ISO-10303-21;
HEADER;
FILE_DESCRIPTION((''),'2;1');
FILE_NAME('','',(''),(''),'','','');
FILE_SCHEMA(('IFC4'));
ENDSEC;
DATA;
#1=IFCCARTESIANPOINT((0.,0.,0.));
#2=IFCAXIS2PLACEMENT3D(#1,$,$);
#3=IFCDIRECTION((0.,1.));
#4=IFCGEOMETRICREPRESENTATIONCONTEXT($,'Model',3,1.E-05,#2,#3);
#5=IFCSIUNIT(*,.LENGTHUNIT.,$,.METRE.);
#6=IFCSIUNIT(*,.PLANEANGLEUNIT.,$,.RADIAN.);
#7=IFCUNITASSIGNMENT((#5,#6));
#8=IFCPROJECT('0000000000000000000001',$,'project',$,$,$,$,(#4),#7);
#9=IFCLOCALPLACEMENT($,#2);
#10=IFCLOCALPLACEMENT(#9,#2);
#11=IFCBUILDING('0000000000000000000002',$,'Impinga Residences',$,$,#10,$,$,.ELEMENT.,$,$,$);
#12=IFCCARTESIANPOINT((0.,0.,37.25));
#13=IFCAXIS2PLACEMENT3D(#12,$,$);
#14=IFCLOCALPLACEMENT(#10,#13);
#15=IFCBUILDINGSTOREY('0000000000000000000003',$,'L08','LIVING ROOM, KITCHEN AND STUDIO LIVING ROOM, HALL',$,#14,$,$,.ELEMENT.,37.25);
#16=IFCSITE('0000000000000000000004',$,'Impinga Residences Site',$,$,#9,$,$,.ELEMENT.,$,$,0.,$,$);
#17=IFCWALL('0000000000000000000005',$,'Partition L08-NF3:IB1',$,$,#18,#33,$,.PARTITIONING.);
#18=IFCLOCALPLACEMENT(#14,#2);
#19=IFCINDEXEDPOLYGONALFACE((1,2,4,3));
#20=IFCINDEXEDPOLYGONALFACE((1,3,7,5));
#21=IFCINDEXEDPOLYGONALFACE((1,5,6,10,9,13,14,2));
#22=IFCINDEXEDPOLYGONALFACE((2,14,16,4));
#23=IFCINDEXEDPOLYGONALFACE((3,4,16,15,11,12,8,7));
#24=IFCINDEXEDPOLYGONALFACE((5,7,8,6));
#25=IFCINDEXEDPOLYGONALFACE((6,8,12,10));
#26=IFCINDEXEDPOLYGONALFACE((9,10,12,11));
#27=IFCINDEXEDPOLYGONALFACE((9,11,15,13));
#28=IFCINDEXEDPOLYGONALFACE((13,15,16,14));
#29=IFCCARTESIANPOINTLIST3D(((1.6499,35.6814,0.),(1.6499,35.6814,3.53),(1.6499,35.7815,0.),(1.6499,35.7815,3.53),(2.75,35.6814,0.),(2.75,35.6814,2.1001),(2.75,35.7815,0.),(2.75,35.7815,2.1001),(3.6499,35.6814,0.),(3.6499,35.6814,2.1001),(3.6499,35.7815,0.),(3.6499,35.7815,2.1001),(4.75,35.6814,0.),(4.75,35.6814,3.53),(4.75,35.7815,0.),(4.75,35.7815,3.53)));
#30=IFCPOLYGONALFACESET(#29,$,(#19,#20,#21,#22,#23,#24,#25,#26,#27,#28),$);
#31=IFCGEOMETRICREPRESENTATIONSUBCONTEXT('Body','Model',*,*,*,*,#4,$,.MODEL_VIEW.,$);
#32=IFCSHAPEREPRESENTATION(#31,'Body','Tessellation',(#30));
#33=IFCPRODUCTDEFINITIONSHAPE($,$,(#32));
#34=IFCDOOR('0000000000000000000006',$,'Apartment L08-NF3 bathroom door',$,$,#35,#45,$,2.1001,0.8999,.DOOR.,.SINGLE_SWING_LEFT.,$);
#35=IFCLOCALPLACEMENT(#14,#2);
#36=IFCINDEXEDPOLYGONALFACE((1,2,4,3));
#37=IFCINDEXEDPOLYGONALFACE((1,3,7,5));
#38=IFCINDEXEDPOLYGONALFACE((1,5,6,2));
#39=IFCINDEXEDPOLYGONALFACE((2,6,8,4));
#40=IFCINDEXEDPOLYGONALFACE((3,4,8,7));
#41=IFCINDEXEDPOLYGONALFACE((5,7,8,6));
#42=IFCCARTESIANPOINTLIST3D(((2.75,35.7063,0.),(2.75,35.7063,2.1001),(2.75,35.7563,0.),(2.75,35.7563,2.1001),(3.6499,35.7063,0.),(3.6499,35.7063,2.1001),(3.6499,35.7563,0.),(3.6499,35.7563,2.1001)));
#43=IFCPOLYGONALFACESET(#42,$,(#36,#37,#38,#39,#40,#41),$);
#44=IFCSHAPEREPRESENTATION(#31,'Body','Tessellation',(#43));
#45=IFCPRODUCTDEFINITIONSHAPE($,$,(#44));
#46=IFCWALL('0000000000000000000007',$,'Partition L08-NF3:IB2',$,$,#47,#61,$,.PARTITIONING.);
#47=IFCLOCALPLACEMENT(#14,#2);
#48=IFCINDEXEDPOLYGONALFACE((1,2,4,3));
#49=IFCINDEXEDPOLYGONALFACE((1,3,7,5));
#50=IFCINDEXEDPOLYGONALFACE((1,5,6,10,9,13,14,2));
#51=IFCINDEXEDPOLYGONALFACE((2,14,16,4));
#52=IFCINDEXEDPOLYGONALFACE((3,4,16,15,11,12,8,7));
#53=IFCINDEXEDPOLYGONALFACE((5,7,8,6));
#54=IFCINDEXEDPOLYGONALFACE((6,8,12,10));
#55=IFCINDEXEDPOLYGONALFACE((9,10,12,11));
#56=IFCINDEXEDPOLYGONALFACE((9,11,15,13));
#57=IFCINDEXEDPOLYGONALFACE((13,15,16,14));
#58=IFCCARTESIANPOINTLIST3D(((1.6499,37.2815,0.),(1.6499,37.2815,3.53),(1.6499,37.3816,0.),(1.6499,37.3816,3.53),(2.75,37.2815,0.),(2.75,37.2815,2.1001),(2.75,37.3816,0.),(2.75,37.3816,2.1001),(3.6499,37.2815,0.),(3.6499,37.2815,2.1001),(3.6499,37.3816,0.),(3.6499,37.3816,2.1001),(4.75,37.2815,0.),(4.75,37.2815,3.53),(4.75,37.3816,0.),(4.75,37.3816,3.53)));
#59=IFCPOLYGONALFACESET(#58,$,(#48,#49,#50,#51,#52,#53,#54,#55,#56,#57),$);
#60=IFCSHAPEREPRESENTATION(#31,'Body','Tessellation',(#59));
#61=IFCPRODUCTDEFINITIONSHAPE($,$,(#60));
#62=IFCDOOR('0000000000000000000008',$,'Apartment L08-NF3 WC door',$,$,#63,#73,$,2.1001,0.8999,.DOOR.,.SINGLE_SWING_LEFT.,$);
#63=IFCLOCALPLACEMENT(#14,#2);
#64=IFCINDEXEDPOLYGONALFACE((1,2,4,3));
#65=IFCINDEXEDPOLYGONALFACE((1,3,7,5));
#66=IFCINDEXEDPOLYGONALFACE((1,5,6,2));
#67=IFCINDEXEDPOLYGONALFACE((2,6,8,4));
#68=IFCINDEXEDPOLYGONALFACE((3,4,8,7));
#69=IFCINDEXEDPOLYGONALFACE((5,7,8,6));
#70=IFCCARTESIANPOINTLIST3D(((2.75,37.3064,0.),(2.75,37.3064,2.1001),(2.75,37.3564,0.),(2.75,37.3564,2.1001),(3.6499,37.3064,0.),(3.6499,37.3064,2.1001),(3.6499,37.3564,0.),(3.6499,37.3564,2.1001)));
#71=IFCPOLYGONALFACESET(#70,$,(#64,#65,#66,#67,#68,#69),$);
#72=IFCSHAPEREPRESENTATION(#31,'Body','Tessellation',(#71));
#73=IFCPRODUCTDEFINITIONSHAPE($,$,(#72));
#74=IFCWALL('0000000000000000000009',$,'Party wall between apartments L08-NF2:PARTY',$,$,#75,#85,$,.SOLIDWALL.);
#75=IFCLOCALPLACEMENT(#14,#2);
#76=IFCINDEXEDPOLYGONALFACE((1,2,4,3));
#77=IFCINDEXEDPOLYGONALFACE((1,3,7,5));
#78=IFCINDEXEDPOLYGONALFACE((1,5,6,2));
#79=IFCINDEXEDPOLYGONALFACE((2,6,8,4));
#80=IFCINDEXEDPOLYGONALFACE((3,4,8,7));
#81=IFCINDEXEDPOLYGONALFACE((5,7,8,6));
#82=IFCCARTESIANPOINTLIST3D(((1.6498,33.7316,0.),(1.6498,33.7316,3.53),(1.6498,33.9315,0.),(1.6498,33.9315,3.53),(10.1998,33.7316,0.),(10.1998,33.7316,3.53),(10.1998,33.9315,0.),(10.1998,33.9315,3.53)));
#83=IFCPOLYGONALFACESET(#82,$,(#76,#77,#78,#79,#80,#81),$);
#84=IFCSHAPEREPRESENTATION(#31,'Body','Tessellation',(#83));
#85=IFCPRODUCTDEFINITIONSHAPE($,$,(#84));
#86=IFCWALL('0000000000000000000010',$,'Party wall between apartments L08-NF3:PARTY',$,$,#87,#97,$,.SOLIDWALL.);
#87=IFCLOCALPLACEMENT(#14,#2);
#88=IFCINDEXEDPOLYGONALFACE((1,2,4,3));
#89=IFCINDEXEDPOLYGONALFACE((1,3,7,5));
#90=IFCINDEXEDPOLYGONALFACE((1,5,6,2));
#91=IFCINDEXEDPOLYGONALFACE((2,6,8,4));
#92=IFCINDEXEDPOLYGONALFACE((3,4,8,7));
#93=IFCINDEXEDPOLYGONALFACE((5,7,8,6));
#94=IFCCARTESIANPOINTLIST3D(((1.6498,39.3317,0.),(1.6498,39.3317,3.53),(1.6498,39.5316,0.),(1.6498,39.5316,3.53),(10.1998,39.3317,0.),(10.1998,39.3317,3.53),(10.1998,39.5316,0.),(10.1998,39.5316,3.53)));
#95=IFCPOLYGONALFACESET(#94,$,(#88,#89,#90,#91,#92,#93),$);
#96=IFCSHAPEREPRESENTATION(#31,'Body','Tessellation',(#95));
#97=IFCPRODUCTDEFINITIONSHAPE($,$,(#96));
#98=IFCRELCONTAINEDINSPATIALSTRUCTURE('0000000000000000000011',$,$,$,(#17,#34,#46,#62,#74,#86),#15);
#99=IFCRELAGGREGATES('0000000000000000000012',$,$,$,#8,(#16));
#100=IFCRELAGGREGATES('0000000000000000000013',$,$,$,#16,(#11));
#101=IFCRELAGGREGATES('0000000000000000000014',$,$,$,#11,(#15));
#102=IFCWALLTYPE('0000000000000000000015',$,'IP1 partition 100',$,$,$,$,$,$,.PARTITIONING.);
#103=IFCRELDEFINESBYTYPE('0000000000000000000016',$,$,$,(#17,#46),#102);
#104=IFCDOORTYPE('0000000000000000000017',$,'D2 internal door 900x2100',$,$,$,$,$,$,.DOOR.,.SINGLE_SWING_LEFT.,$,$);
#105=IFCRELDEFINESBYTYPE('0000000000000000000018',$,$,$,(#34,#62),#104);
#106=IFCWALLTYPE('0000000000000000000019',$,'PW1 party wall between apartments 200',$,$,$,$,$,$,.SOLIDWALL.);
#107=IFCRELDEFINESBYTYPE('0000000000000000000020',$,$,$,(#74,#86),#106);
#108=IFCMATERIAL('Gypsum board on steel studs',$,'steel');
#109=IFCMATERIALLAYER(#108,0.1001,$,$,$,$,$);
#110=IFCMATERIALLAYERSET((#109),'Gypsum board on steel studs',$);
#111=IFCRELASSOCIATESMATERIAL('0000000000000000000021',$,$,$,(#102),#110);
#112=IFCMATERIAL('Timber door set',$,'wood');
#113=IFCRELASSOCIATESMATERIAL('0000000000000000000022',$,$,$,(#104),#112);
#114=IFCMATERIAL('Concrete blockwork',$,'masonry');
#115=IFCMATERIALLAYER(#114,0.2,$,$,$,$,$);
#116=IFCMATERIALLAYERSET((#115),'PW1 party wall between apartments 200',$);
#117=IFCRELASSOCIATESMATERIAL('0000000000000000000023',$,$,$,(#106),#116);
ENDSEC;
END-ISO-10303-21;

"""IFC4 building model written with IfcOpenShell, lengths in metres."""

from ifc_helpers import new_model, si_unit, direction, frame, frame_2d, origin, place, context, subcontext, project, spatial, rectangle, extrude, material, layer, layer_set, type_object, element, fill, save


model = new_model("IFC4")

# Units and contexts
model_context = context("Model", 3, precision=1e-05, world=origin(), true_north=direction((0.0, 1.0)))
body_context = subcontext(model_context, "Body", "Model", "MODEL_VIEW")
ifc_project = project(units=[si_unit("LENGTHUNIT", "METRE"), si_unit("PLANEANGLEUNIT", "RADIAN")], contexts=[model_context])

# Site, building, storey
site_placement = place(None, origin())
site = spatial("IfcSite", under=ifc_project, at=site_placement, Name="Impinga Residences Site", CompositionType="ELEMENT", RefElevation=0.0)
building_placement = place(site_placement, origin())
building = spatial("IfcBuilding", under=site, at=building_placement, Name="Impinga Residences", CompositionType="ELEMENT")
storey_placement = place(building_placement, frame((0.0, 0.0, 37.25)))
storey = spatial("IfcBuildingStorey", under=building, at=storey_placement, Name="L08", Description="LIVING ROOM, KITCHEN AND STUDIO LIVING ROOM, HALL", CompositionType="ELEMENT", Elevation=37.25)

# Shared definitions
ifc_material_1 = material(Name="Gypsum board on steel studs", Category="steel")
ifc_layer_1 = layer(ifc_material_1, 0.1001)
ifc_layer_set_1 = layer_set([ifc_layer_1], Name="Gypsum board on steel studs")
wall_type_1 = type_object("IfcWallType", Name="IP1 partition 100", PredefinedType="PARTITIONING", material=ifc_layer_set_1)

# Shared definitions
ifc_material_2 = material(Name="Timber door set", Category="wood")
door_type = type_object("IfcDoorType", Name="D2 internal door 900x2100", OperationType="SINGLE_SWING_LEFT", PredefinedType="DOOR", material=ifc_material_2)

# Walls, openings, doors
wall_1_placement = place(storey_placement, frame((1.6499, 35.7314, 0.0), z_axis=(0.0, 0.0, 1.0), x_axis=(1.0, 0.0, 0.0)))
wall_1 = element("IfcWall", 1, at=wall_1_placement, inside=storey, type_object=wall_type_1, Name="Partition L08-NF3:IB1", PredefinedType="PARTITIONING", context=body_context, shape_type="SweptSolid", body=[
    extrude(rectangle(XDim=3.1001, YDim=0.1001, at=frame_2d((1.55, 0.0))), origin(), (0.0, 0.0, 1.0), 3.53),
])
opening_1_placement = place(wall_1_placement, frame((1.1001, 0.0, 0.0)))
opening_1 = element("IfcOpeningElement", 2, at=opening_1_placement, cuts=wall_1, PredefinedType="OPENING", context=body_context, shape_type="SweptSolid", body=[
    extrude(rectangle(XDim=0.8999, YDim=2.1001, at=frame_2d((0.45, 1.05))), frame((0.0, 0.0601, 0.0), z_axis=(0.0, -1.0, 0.0), x_axis=(1.0, 0.0, 0.0)), (0.0, 0.0, 1.0), 0.1201),
])
door_1_placement = place(opening_1_placement, origin())
door_1 = element("IfcDoor", 3, at=door_1_placement, inside=storey, type_object=door_type, Name="Apartment L08-NF3 bathroom door", OperationType="SINGLE_SWING_LEFT", OverallHeight=2.1001, OverallWidth=0.8999, PredefinedType="DOOR", context=body_context, shape_type="SweptSolid", body=[
    extrude(rectangle(XDim=0.8999, YDim=2.1001, at=frame_2d((0.45, 1.05))), frame((0.0, 0.0249, 0.0), z_axis=(0.0, -1.0, 0.0), x_axis=(1.0, 0.0, 0.0)), (0.0, 0.0, 1.0), 0.05),
])
fill(opening_1, door_1)
wall_2_placement = place(storey_placement, frame((1.6499, 37.3315, 0.0), z_axis=(0.0, 0.0, 1.0), x_axis=(1.0, 0.0, 0.0)))
wall_2 = element("IfcWall", 4, at=wall_2_placement, inside=storey, type_object=wall_type_1, Name="Partition L08-NF3:IB2", PredefinedType="PARTITIONING", context=body_context, shape_type="SweptSolid", body=[
    extrude(rectangle(XDim=3.1001, YDim=0.1001, at=frame_2d((1.55, 0.0))), origin(), (0.0, 0.0, 1.0), 3.53),
])
opening_2_placement = place(wall_2_placement, frame((1.1001, 0.0, 0.0)))
opening_2 = element("IfcOpeningElement", 5, at=opening_2_placement, cuts=wall_2, PredefinedType="OPENING", context=body_context, shape_type="SweptSolid", body=[
    extrude(rectangle(XDim=0.8999, YDim=2.1001, at=frame_2d((0.45, 1.05))), frame((0.0, 0.0601, 0.0), z_axis=(0.0, -1.0, 0.0), x_axis=(1.0, 0.0, 0.0)), (0.0, 0.0, 1.0), 0.1201),
])
door_2_placement = place(opening_2_placement, origin())
door_2 = element("IfcDoor", 6, at=door_2_placement, inside=storey, type_object=door_type, Name="Apartment L08-NF3 WC door", OperationType="SINGLE_SWING_LEFT", OverallHeight=2.1001, OverallWidth=0.8999, PredefinedType="DOOR", context=body_context, shape_type="SweptSolid", body=[
    extrude(rectangle(XDim=0.8999, YDim=2.1001, at=frame_2d((0.45, 1.05))), frame((0.0, 0.0249, 0.0), z_axis=(0.0, -1.0, 0.0), x_axis=(1.0, 0.0, 0.0)), (0.0, 0.0, 1.0), 0.05),
])
fill(opening_2, door_2)

# Walls
ifc_material_3 = material(Name="Concrete blockwork", Category="masonry")
ifc_layer_2 = layer(ifc_material_3, 0.2)
ifc_layer_set_2 = layer_set([ifc_layer_2], Name="PW1 party wall between apartments 200")
wall_type_2 = type_object("IfcWallType", Name="PW1 party wall between apartments 200", PredefinedType="SOLIDWALL", material=ifc_layer_set_2)
for number, where, z_axis, x_axis, name in (
    (7, (1.6499, 33.8315, 0.0), (0.0, 0.0, 1.0), (1.0, 0.0, 0.0), "Party wall between apartments L08-NF2:PARTY"),
    (8, (1.6499, 39.4316, 0.0), (0.0, 0.0, 1.0), (1.0, 0.0, 0.0), "Party wall between apartments L08-NF3:PARTY"),
):
    element("IfcWall", number, at=place(storey_placement, frame(where, z_axis=z_axis, x_axis=x_axis)), inside=storey, type_object=wall_type_2, Name=name, PredefinedType="SOLIDWALL", context=body_context, shape_type="SweptSolid", body=[
        extrude(rectangle(XDim=8.55, YDim=0.2, at=frame_2d((4.2749, 0.0))), origin(), (0.0, 0.0, 1.0), 3.53),
    ])

save(model, "model.ifc")
